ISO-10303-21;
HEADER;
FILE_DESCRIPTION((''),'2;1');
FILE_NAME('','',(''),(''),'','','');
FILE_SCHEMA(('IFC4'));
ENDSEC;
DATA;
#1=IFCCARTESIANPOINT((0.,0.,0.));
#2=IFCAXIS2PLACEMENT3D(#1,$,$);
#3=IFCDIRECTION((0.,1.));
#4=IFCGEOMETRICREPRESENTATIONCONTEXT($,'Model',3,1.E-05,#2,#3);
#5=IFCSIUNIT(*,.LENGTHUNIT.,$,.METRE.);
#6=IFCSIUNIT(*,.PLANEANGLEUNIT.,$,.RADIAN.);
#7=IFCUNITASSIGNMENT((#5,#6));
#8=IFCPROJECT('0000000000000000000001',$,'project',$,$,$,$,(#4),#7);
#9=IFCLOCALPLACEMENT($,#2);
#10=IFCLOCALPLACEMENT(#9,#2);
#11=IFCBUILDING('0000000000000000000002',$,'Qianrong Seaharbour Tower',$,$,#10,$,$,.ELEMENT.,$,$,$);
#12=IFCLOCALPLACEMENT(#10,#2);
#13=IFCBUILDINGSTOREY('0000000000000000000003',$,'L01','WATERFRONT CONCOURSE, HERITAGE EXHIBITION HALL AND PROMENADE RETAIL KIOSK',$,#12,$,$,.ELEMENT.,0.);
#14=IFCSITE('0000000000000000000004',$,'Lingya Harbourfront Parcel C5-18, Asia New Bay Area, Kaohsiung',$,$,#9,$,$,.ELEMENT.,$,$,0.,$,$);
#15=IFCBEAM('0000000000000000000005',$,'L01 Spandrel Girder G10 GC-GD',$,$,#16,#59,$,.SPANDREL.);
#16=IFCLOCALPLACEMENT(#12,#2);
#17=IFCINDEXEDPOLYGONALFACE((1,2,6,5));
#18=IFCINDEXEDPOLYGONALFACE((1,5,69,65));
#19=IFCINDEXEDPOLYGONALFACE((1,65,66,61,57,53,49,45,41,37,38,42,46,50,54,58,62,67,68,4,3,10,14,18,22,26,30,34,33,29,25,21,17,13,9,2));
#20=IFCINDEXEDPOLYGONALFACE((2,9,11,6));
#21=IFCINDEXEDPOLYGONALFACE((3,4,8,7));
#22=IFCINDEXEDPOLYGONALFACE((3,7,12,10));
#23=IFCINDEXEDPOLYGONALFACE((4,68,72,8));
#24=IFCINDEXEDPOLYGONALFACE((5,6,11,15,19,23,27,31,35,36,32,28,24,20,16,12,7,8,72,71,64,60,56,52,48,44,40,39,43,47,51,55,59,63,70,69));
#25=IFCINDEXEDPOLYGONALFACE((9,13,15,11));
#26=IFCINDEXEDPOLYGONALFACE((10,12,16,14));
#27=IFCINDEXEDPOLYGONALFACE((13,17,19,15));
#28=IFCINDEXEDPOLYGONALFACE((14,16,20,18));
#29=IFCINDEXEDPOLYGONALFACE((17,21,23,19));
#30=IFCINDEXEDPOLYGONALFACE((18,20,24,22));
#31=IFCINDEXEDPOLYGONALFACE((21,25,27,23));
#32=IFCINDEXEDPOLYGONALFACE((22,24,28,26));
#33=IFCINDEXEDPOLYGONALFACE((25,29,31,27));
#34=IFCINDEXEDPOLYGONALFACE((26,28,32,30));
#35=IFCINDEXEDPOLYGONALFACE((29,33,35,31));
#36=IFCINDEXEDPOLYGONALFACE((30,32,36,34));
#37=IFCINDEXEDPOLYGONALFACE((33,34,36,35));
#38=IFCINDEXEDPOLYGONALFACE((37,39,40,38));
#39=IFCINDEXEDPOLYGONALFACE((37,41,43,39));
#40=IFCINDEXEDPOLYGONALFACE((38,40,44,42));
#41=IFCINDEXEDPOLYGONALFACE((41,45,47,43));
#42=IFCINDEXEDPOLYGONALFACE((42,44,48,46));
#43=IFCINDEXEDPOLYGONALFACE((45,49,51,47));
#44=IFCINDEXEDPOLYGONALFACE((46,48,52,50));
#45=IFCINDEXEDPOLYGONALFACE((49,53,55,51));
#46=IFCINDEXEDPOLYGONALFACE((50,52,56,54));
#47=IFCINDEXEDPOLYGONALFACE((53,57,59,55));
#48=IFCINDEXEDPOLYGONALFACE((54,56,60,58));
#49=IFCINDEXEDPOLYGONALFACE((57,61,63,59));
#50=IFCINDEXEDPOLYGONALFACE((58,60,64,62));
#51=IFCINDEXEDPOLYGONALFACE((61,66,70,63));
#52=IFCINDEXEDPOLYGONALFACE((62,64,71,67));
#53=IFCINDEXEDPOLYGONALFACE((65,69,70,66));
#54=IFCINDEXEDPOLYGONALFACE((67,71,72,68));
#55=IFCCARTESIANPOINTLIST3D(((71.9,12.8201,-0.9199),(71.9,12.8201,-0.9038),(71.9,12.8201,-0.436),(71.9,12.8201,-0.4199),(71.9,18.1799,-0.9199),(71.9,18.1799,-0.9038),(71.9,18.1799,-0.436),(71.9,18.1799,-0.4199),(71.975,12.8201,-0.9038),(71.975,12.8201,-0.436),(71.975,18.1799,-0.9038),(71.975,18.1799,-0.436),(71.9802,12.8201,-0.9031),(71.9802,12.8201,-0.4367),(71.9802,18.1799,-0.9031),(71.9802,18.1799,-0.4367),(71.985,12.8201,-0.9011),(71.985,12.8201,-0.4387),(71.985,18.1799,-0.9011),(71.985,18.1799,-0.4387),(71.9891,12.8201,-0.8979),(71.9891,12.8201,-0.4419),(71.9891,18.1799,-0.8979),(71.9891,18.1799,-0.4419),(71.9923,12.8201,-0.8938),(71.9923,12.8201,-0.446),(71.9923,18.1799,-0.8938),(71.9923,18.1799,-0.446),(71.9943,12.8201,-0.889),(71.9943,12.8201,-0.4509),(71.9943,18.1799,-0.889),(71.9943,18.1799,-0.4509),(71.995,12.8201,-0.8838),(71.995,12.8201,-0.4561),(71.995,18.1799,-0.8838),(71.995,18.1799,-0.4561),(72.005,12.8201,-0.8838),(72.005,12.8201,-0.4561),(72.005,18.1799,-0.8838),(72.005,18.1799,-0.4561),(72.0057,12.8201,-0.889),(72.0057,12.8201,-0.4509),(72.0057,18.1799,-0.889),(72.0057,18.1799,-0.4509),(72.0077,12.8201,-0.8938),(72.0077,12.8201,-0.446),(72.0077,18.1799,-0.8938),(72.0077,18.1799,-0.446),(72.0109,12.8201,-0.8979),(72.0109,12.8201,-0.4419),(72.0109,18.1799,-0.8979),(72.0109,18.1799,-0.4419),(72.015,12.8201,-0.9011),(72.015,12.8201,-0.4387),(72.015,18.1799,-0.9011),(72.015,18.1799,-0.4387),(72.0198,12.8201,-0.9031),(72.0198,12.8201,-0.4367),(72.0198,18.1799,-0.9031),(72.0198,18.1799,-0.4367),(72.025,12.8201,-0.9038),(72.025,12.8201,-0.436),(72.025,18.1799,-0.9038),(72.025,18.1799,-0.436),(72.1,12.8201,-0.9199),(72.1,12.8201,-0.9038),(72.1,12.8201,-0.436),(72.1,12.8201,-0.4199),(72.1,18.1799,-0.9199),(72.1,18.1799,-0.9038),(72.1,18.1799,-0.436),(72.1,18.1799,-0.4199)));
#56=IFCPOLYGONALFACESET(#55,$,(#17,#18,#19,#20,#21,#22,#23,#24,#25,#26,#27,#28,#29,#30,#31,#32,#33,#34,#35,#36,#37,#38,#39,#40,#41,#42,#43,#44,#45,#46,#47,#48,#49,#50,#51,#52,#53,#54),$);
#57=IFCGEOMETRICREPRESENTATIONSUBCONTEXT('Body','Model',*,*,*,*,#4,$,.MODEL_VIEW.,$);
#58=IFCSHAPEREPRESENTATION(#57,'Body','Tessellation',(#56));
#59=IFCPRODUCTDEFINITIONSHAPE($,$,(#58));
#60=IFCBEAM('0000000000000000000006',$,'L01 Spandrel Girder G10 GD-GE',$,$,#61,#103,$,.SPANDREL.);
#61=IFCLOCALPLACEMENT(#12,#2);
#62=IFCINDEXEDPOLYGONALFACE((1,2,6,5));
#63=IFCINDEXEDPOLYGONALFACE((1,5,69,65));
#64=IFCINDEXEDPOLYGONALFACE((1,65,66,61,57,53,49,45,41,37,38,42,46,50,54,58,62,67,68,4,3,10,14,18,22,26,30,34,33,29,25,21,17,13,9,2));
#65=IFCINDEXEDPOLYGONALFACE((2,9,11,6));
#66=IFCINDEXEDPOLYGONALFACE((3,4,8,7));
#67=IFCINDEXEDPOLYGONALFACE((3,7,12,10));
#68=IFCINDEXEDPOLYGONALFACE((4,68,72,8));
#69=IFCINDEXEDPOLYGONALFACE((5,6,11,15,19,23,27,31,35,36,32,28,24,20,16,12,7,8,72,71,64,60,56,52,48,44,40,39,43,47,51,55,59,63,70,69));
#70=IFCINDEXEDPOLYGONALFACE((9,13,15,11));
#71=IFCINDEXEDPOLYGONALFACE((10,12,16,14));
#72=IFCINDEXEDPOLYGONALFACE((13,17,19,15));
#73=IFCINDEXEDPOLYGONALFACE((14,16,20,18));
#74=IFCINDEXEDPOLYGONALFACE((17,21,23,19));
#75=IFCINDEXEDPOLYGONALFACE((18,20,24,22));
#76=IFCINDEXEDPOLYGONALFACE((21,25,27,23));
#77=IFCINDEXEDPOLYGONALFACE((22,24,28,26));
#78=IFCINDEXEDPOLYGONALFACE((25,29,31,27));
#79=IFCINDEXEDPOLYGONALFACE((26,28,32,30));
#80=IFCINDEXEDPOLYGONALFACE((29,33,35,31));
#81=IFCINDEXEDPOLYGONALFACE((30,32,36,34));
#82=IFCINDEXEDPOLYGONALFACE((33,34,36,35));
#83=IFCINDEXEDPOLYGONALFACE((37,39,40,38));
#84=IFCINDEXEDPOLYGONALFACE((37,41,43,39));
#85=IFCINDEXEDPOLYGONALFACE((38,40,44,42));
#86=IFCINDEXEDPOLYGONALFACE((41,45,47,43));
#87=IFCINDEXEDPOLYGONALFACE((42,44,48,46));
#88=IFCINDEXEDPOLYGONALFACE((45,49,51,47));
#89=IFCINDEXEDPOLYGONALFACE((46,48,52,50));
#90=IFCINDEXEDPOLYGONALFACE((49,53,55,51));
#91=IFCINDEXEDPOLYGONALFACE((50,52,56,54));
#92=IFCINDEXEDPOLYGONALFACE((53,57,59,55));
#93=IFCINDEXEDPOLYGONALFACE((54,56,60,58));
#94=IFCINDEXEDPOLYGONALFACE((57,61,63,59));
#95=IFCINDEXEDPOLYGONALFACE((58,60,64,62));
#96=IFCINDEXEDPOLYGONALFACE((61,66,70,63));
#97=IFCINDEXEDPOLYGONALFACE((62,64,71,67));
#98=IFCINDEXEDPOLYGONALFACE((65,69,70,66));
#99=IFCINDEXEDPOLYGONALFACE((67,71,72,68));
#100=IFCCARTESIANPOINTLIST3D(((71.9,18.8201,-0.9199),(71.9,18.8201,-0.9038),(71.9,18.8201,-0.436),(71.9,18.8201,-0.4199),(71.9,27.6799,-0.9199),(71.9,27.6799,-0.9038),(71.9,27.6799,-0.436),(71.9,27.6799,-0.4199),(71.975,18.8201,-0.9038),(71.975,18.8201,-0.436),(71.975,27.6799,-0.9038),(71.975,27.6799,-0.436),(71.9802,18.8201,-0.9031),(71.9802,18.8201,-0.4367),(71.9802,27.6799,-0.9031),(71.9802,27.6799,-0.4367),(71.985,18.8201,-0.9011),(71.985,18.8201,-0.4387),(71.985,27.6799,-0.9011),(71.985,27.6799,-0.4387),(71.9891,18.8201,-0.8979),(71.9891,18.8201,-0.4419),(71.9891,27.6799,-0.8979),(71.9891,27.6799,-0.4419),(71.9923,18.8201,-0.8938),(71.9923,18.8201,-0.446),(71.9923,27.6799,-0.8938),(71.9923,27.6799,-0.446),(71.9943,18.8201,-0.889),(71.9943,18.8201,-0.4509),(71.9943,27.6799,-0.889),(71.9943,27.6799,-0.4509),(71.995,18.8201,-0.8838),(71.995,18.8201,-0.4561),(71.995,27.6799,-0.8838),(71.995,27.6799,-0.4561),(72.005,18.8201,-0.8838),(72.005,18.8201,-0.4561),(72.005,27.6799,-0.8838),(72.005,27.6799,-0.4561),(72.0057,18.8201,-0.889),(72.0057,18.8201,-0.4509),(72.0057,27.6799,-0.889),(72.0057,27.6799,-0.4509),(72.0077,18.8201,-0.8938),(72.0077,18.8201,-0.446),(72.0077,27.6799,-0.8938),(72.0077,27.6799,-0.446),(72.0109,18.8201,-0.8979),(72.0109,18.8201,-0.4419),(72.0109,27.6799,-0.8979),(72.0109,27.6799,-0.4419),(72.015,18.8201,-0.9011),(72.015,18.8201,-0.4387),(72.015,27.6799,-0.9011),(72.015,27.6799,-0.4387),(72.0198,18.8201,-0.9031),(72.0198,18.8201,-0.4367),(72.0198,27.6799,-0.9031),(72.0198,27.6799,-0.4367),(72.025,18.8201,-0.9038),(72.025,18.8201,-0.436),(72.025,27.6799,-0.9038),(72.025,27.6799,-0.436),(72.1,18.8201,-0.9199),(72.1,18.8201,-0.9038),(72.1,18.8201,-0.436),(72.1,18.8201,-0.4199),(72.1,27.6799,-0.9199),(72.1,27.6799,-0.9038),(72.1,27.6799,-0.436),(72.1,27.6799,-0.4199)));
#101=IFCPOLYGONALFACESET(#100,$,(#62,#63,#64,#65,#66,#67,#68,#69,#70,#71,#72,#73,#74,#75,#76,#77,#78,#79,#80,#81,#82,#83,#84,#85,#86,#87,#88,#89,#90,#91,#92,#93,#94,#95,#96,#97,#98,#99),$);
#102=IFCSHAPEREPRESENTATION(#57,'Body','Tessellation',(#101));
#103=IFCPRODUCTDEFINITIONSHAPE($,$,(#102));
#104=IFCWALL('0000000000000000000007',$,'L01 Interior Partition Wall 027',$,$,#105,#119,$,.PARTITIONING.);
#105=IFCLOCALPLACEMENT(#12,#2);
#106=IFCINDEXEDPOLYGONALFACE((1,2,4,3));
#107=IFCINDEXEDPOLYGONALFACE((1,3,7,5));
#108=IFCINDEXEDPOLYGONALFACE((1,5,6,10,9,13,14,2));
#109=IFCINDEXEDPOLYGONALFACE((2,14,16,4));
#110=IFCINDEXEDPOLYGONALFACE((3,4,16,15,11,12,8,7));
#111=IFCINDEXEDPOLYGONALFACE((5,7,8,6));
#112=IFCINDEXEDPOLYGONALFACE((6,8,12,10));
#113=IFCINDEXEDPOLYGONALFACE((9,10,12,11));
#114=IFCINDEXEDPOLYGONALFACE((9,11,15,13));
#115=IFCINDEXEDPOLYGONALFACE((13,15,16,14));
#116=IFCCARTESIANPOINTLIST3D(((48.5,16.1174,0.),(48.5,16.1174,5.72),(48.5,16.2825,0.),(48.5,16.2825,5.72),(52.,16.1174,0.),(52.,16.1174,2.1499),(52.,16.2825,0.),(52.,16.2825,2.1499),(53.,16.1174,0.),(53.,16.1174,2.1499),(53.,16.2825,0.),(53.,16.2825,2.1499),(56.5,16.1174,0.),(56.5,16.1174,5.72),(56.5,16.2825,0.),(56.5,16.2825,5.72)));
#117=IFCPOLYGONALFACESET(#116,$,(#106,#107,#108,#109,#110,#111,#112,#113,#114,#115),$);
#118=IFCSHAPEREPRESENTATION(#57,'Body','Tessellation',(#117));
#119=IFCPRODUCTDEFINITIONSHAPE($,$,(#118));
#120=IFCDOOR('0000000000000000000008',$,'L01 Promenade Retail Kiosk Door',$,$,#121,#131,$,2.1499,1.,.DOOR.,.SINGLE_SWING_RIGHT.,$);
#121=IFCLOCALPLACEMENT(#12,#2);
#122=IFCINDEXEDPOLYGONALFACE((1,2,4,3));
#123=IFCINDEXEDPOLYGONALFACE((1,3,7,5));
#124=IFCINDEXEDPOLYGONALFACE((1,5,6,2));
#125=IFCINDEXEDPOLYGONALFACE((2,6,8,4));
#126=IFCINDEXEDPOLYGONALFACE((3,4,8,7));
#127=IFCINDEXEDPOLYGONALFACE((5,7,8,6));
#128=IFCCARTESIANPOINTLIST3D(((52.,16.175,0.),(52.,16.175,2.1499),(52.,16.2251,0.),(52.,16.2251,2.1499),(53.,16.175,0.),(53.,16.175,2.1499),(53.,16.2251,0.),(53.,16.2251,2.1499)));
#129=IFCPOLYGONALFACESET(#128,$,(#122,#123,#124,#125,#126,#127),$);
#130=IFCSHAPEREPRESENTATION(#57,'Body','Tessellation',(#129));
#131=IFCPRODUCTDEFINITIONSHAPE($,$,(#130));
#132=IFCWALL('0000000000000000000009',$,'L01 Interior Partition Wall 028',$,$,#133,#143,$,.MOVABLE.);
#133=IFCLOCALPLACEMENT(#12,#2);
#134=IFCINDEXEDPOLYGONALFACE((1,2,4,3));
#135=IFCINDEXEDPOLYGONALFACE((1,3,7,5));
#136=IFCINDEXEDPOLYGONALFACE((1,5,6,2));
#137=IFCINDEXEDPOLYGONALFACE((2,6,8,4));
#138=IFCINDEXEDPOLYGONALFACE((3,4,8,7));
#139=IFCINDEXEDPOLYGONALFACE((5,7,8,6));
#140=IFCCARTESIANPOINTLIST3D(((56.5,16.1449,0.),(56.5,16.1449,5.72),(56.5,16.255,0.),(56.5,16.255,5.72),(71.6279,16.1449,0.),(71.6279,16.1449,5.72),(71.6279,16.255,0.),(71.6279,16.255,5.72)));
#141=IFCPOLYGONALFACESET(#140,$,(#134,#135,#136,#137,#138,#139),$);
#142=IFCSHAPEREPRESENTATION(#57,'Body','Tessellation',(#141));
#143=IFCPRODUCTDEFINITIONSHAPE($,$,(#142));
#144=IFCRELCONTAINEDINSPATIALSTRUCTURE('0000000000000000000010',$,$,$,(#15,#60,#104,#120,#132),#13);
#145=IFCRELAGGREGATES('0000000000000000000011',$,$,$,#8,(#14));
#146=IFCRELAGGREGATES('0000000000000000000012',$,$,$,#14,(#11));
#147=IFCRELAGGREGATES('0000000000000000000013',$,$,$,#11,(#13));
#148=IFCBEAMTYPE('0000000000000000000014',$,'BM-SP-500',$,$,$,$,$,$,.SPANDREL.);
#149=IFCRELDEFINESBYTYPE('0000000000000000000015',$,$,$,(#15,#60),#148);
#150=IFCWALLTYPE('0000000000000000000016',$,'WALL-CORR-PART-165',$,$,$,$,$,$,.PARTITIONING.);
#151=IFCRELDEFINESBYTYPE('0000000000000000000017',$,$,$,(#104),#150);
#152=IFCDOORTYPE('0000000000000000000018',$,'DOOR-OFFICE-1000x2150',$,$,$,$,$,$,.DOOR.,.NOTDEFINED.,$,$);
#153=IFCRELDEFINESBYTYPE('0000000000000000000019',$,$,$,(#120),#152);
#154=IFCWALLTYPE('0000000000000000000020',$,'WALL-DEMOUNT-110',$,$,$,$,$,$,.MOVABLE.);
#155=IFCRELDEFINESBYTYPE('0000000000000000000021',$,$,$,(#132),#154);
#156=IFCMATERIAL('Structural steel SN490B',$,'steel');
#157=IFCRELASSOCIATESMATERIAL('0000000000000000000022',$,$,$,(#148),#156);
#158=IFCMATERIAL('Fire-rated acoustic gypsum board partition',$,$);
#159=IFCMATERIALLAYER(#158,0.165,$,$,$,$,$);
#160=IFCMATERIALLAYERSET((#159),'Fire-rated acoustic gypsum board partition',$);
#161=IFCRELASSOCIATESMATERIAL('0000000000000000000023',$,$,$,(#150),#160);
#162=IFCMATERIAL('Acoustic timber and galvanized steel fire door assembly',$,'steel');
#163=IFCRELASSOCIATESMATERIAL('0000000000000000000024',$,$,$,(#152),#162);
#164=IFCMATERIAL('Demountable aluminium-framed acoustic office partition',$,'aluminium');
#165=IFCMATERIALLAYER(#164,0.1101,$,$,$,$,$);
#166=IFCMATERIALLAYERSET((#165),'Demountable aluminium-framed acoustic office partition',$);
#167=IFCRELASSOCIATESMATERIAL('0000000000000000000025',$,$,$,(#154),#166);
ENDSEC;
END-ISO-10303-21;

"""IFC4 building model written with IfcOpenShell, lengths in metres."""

from ifc_helpers import new_model, si_unit, direction, frame, frame_2d, origin, origin_2d, place, context, subcontext, project, spatial, rectangle, i_section, extrude, material, layer, layer_set, material_profile, profile_set, type_object, element, fill, save


model = new_model("IFC4")

# Units and contexts
model_context = context("Model", 3, precision=1e-05, world=origin(), true_north=direction((0.0, 1.0)))
body_context = subcontext(model_context, "Body", "Model", "MODEL_VIEW")
ifc_project = project(units=[si_unit("LENGTHUNIT", "METRE"), si_unit("PLANEANGLEUNIT", "RADIAN")], contexts=[model_context])

# Site, building, storey
site_placement = place(None, origin())
site = spatial("IfcSite", under=ifc_project, at=site_placement, Name="Lingya Harbourfront Parcel C5-18, Asia New Bay Area, Kaohsiung", CompositionType="ELEMENT", RefElevation=0.0)
building_placement = place(site_placement, origin())
building = spatial("IfcBuilding", under=site, at=building_placement, Name="Qianrong Seaharbour Tower", CompositionType="ELEMENT")
storey_placement = place(building_placement, origin())
storey = spatial("IfcBuildingStorey", under=building, at=storey_placement, Name="L01", Description="WATERFRONT CONCOURSE, HERITAGE EXHIBITION HALL AND PROMENADE RETAIL KIOSK", CompositionType="ELEMENT", Elevation=0.0)

# Shared definitions
ifc_material_1 = material(Name="Structural steel SN490B", Category="steel")

# Beams
ifc_material_profile_1 = material_profile(ifc_material_1, i_section(OverallWidth=0.2, OverallDepth=0.5, WebThickness=0.01, FlangeThickness=0.0161, FilletRadius=0.02, at=origin_2d()), Name="H500x200x10x16")
ifc_profile_set_1 = profile_set([ifc_material_profile_1], Name="Structural steel SN490B")
beam_type_1 = type_object("IfcBeamType", Name="BM-SP-500", PredefinedType="SPANDREL", material=ifc_profile_set_1)
beam_1_placement = place(storey_placement, frame((72.0, 12.8201, -0.6699), z_axis=(0.0, 1.0, 0.0), x_axis=(-1.0, 0.0, 0.0)))
element("IfcBeam", 1, at=beam_1_placement, inside=storey, type_object=beam_type_1, Name="L01 Spandrel Girder G10 GC-GD", PredefinedType="SPANDREL", context=body_context, shape_type="SweptSolid", body=[
    extrude(i_section(OverallWidth=0.2, OverallDepth=0.5, WebThickness=0.01, FlangeThickness=0.0161, FilletRadius=0.02, at=origin_2d()), origin(), (0.0, 0.0, 1.0), 5.3599),
])
beam_2_placement = place(storey_placement, frame((72.0, 18.8201, -0.6699), z_axis=(0.0, 1.0, 0.0), x_axis=(-1.0, 0.0, 0.0)))
element("IfcBeam", 2, at=beam_2_placement, inside=storey, type_object=beam_type_1, Name="L01 Spandrel Girder G10 GD-GE", PredefinedType="SPANDREL", context=body_context, shape_type="SweptSolid", body=[
    extrude(i_section(OverallWidth=0.2, OverallDepth=0.5, WebThickness=0.01, FlangeThickness=0.0161, FilletRadius=0.02, at=origin_2d()), origin(), (0.0, 0.0, 1.0), 8.8599),
])

# Wall, opening, door
ifc_material_2 = material(Name="Fire-rated acoustic gypsum board partition")
ifc_layer_1 = layer(ifc_material_2, 0.165)
ifc_layer_set_1 = layer_set([ifc_layer_1], Name="Fire-rated acoustic gypsum board partition")
wall_type_1 = type_object("IfcWallType", Name="WALL-CORR-PART-165", PredefinedType="PARTITIONING", material=ifc_layer_set_1)
wall_1_placement = place(storey_placement, frame((56.5, 16.2, 0.0), z_axis=(0.0, 0.0, 1.0), x_axis=(-1.0, 0.0, 0.0)))
wall_1 = element("IfcWall", 3, at=wall_1_placement, inside=storey, type_object=wall_type_1, Name="L01 Interior Partition Wall 027", PredefinedType="PARTITIONING", context=body_context, shape_type="SweptSolid", body=[
    extrude(rectangle(XDim=8.0, YDim=0.165, at=frame_2d((4.0, 0.0))), origin(), (0.0, 0.0, 1.0), 5.72),
])
opening_placement = place(wall_1_placement, frame((3.5, 0.0, 0.0)))
opening = element("IfcOpeningElement", 4, at=opening_placement, cuts=wall_1, PredefinedType="OPENING", context=body_context, shape_type="SweptSolid", body=[
    extrude(rectangle(XDim=1.0, YDim=2.1499, at=frame_2d((0.5, 1.075))), frame((0.0, 0.0925, 0.0), z_axis=(0.0, -1.0, 0.0), x_axis=(1.0, 0.0, 0.0)), (0.0, 0.0, 1.0), 0.1851),
])
ifc_material_3 = material(Name="Acoustic timber and galvanized steel fire door assembly", Category="steel")
door_type = type_object("IfcDoorType", Name="DOOR-OFFICE-1000x2150", OperationType="NOTDEFINED", PredefinedType="DOOR", material=ifc_material_3)
door_placement = place(opening_placement, origin())
door = element("IfcDoor", 5, at=door_placement, inside=storey, type_object=door_type, Name="L01 Promenade Retail Kiosk Door", OperationType="SINGLE_SWING_RIGHT", OverallHeight=2.1499, OverallWidth=1.0, PredefinedType="DOOR", context=body_context, shape_type="SweptSolid", body=[
    extrude(rectangle(XDim=1.0, YDim=2.1499, at=frame_2d((0.5, 1.075))), frame((0.0, 0.0249, 0.0), z_axis=(0.0, -1.0, 0.0), x_axis=(1.0, 0.0, 0.0)), (0.0, 0.0, 1.0), 0.05),
])
fill(opening, door)

# Wall
ifc_material_4 = material(Name="Demountable aluminium-framed acoustic office partition", Category="aluminium")
ifc_layer_2 = layer(ifc_material_4, 0.1101)
ifc_layer_set_2 = layer_set([ifc_layer_2], Name="Demountable aluminium-framed acoustic office partition")
wall_type_2 = type_object("IfcWallType", Name="WALL-DEMOUNT-110", PredefinedType="MOVABLE", material=ifc_layer_set_2)
wall_2_placement = place(storey_placement, frame((71.6279, 16.2, 0.0), z_axis=(0.0, 0.0, 1.0), x_axis=(-1.0, 0.0, 0.0)))
element("IfcWall", 6, at=wall_2_placement, inside=storey, type_object=wall_type_2, Name="L01 Interior Partition Wall 028", PredefinedType="MOVABLE", context=body_context, shape_type="SweptSolid", body=[
    extrude(rectangle(XDim=15.1279, YDim=0.1101, at=frame_2d((7.564, 0.0))), origin(), (0.0, 0.0, 1.0), 5.72),
])

save(model, "model.ifc")
